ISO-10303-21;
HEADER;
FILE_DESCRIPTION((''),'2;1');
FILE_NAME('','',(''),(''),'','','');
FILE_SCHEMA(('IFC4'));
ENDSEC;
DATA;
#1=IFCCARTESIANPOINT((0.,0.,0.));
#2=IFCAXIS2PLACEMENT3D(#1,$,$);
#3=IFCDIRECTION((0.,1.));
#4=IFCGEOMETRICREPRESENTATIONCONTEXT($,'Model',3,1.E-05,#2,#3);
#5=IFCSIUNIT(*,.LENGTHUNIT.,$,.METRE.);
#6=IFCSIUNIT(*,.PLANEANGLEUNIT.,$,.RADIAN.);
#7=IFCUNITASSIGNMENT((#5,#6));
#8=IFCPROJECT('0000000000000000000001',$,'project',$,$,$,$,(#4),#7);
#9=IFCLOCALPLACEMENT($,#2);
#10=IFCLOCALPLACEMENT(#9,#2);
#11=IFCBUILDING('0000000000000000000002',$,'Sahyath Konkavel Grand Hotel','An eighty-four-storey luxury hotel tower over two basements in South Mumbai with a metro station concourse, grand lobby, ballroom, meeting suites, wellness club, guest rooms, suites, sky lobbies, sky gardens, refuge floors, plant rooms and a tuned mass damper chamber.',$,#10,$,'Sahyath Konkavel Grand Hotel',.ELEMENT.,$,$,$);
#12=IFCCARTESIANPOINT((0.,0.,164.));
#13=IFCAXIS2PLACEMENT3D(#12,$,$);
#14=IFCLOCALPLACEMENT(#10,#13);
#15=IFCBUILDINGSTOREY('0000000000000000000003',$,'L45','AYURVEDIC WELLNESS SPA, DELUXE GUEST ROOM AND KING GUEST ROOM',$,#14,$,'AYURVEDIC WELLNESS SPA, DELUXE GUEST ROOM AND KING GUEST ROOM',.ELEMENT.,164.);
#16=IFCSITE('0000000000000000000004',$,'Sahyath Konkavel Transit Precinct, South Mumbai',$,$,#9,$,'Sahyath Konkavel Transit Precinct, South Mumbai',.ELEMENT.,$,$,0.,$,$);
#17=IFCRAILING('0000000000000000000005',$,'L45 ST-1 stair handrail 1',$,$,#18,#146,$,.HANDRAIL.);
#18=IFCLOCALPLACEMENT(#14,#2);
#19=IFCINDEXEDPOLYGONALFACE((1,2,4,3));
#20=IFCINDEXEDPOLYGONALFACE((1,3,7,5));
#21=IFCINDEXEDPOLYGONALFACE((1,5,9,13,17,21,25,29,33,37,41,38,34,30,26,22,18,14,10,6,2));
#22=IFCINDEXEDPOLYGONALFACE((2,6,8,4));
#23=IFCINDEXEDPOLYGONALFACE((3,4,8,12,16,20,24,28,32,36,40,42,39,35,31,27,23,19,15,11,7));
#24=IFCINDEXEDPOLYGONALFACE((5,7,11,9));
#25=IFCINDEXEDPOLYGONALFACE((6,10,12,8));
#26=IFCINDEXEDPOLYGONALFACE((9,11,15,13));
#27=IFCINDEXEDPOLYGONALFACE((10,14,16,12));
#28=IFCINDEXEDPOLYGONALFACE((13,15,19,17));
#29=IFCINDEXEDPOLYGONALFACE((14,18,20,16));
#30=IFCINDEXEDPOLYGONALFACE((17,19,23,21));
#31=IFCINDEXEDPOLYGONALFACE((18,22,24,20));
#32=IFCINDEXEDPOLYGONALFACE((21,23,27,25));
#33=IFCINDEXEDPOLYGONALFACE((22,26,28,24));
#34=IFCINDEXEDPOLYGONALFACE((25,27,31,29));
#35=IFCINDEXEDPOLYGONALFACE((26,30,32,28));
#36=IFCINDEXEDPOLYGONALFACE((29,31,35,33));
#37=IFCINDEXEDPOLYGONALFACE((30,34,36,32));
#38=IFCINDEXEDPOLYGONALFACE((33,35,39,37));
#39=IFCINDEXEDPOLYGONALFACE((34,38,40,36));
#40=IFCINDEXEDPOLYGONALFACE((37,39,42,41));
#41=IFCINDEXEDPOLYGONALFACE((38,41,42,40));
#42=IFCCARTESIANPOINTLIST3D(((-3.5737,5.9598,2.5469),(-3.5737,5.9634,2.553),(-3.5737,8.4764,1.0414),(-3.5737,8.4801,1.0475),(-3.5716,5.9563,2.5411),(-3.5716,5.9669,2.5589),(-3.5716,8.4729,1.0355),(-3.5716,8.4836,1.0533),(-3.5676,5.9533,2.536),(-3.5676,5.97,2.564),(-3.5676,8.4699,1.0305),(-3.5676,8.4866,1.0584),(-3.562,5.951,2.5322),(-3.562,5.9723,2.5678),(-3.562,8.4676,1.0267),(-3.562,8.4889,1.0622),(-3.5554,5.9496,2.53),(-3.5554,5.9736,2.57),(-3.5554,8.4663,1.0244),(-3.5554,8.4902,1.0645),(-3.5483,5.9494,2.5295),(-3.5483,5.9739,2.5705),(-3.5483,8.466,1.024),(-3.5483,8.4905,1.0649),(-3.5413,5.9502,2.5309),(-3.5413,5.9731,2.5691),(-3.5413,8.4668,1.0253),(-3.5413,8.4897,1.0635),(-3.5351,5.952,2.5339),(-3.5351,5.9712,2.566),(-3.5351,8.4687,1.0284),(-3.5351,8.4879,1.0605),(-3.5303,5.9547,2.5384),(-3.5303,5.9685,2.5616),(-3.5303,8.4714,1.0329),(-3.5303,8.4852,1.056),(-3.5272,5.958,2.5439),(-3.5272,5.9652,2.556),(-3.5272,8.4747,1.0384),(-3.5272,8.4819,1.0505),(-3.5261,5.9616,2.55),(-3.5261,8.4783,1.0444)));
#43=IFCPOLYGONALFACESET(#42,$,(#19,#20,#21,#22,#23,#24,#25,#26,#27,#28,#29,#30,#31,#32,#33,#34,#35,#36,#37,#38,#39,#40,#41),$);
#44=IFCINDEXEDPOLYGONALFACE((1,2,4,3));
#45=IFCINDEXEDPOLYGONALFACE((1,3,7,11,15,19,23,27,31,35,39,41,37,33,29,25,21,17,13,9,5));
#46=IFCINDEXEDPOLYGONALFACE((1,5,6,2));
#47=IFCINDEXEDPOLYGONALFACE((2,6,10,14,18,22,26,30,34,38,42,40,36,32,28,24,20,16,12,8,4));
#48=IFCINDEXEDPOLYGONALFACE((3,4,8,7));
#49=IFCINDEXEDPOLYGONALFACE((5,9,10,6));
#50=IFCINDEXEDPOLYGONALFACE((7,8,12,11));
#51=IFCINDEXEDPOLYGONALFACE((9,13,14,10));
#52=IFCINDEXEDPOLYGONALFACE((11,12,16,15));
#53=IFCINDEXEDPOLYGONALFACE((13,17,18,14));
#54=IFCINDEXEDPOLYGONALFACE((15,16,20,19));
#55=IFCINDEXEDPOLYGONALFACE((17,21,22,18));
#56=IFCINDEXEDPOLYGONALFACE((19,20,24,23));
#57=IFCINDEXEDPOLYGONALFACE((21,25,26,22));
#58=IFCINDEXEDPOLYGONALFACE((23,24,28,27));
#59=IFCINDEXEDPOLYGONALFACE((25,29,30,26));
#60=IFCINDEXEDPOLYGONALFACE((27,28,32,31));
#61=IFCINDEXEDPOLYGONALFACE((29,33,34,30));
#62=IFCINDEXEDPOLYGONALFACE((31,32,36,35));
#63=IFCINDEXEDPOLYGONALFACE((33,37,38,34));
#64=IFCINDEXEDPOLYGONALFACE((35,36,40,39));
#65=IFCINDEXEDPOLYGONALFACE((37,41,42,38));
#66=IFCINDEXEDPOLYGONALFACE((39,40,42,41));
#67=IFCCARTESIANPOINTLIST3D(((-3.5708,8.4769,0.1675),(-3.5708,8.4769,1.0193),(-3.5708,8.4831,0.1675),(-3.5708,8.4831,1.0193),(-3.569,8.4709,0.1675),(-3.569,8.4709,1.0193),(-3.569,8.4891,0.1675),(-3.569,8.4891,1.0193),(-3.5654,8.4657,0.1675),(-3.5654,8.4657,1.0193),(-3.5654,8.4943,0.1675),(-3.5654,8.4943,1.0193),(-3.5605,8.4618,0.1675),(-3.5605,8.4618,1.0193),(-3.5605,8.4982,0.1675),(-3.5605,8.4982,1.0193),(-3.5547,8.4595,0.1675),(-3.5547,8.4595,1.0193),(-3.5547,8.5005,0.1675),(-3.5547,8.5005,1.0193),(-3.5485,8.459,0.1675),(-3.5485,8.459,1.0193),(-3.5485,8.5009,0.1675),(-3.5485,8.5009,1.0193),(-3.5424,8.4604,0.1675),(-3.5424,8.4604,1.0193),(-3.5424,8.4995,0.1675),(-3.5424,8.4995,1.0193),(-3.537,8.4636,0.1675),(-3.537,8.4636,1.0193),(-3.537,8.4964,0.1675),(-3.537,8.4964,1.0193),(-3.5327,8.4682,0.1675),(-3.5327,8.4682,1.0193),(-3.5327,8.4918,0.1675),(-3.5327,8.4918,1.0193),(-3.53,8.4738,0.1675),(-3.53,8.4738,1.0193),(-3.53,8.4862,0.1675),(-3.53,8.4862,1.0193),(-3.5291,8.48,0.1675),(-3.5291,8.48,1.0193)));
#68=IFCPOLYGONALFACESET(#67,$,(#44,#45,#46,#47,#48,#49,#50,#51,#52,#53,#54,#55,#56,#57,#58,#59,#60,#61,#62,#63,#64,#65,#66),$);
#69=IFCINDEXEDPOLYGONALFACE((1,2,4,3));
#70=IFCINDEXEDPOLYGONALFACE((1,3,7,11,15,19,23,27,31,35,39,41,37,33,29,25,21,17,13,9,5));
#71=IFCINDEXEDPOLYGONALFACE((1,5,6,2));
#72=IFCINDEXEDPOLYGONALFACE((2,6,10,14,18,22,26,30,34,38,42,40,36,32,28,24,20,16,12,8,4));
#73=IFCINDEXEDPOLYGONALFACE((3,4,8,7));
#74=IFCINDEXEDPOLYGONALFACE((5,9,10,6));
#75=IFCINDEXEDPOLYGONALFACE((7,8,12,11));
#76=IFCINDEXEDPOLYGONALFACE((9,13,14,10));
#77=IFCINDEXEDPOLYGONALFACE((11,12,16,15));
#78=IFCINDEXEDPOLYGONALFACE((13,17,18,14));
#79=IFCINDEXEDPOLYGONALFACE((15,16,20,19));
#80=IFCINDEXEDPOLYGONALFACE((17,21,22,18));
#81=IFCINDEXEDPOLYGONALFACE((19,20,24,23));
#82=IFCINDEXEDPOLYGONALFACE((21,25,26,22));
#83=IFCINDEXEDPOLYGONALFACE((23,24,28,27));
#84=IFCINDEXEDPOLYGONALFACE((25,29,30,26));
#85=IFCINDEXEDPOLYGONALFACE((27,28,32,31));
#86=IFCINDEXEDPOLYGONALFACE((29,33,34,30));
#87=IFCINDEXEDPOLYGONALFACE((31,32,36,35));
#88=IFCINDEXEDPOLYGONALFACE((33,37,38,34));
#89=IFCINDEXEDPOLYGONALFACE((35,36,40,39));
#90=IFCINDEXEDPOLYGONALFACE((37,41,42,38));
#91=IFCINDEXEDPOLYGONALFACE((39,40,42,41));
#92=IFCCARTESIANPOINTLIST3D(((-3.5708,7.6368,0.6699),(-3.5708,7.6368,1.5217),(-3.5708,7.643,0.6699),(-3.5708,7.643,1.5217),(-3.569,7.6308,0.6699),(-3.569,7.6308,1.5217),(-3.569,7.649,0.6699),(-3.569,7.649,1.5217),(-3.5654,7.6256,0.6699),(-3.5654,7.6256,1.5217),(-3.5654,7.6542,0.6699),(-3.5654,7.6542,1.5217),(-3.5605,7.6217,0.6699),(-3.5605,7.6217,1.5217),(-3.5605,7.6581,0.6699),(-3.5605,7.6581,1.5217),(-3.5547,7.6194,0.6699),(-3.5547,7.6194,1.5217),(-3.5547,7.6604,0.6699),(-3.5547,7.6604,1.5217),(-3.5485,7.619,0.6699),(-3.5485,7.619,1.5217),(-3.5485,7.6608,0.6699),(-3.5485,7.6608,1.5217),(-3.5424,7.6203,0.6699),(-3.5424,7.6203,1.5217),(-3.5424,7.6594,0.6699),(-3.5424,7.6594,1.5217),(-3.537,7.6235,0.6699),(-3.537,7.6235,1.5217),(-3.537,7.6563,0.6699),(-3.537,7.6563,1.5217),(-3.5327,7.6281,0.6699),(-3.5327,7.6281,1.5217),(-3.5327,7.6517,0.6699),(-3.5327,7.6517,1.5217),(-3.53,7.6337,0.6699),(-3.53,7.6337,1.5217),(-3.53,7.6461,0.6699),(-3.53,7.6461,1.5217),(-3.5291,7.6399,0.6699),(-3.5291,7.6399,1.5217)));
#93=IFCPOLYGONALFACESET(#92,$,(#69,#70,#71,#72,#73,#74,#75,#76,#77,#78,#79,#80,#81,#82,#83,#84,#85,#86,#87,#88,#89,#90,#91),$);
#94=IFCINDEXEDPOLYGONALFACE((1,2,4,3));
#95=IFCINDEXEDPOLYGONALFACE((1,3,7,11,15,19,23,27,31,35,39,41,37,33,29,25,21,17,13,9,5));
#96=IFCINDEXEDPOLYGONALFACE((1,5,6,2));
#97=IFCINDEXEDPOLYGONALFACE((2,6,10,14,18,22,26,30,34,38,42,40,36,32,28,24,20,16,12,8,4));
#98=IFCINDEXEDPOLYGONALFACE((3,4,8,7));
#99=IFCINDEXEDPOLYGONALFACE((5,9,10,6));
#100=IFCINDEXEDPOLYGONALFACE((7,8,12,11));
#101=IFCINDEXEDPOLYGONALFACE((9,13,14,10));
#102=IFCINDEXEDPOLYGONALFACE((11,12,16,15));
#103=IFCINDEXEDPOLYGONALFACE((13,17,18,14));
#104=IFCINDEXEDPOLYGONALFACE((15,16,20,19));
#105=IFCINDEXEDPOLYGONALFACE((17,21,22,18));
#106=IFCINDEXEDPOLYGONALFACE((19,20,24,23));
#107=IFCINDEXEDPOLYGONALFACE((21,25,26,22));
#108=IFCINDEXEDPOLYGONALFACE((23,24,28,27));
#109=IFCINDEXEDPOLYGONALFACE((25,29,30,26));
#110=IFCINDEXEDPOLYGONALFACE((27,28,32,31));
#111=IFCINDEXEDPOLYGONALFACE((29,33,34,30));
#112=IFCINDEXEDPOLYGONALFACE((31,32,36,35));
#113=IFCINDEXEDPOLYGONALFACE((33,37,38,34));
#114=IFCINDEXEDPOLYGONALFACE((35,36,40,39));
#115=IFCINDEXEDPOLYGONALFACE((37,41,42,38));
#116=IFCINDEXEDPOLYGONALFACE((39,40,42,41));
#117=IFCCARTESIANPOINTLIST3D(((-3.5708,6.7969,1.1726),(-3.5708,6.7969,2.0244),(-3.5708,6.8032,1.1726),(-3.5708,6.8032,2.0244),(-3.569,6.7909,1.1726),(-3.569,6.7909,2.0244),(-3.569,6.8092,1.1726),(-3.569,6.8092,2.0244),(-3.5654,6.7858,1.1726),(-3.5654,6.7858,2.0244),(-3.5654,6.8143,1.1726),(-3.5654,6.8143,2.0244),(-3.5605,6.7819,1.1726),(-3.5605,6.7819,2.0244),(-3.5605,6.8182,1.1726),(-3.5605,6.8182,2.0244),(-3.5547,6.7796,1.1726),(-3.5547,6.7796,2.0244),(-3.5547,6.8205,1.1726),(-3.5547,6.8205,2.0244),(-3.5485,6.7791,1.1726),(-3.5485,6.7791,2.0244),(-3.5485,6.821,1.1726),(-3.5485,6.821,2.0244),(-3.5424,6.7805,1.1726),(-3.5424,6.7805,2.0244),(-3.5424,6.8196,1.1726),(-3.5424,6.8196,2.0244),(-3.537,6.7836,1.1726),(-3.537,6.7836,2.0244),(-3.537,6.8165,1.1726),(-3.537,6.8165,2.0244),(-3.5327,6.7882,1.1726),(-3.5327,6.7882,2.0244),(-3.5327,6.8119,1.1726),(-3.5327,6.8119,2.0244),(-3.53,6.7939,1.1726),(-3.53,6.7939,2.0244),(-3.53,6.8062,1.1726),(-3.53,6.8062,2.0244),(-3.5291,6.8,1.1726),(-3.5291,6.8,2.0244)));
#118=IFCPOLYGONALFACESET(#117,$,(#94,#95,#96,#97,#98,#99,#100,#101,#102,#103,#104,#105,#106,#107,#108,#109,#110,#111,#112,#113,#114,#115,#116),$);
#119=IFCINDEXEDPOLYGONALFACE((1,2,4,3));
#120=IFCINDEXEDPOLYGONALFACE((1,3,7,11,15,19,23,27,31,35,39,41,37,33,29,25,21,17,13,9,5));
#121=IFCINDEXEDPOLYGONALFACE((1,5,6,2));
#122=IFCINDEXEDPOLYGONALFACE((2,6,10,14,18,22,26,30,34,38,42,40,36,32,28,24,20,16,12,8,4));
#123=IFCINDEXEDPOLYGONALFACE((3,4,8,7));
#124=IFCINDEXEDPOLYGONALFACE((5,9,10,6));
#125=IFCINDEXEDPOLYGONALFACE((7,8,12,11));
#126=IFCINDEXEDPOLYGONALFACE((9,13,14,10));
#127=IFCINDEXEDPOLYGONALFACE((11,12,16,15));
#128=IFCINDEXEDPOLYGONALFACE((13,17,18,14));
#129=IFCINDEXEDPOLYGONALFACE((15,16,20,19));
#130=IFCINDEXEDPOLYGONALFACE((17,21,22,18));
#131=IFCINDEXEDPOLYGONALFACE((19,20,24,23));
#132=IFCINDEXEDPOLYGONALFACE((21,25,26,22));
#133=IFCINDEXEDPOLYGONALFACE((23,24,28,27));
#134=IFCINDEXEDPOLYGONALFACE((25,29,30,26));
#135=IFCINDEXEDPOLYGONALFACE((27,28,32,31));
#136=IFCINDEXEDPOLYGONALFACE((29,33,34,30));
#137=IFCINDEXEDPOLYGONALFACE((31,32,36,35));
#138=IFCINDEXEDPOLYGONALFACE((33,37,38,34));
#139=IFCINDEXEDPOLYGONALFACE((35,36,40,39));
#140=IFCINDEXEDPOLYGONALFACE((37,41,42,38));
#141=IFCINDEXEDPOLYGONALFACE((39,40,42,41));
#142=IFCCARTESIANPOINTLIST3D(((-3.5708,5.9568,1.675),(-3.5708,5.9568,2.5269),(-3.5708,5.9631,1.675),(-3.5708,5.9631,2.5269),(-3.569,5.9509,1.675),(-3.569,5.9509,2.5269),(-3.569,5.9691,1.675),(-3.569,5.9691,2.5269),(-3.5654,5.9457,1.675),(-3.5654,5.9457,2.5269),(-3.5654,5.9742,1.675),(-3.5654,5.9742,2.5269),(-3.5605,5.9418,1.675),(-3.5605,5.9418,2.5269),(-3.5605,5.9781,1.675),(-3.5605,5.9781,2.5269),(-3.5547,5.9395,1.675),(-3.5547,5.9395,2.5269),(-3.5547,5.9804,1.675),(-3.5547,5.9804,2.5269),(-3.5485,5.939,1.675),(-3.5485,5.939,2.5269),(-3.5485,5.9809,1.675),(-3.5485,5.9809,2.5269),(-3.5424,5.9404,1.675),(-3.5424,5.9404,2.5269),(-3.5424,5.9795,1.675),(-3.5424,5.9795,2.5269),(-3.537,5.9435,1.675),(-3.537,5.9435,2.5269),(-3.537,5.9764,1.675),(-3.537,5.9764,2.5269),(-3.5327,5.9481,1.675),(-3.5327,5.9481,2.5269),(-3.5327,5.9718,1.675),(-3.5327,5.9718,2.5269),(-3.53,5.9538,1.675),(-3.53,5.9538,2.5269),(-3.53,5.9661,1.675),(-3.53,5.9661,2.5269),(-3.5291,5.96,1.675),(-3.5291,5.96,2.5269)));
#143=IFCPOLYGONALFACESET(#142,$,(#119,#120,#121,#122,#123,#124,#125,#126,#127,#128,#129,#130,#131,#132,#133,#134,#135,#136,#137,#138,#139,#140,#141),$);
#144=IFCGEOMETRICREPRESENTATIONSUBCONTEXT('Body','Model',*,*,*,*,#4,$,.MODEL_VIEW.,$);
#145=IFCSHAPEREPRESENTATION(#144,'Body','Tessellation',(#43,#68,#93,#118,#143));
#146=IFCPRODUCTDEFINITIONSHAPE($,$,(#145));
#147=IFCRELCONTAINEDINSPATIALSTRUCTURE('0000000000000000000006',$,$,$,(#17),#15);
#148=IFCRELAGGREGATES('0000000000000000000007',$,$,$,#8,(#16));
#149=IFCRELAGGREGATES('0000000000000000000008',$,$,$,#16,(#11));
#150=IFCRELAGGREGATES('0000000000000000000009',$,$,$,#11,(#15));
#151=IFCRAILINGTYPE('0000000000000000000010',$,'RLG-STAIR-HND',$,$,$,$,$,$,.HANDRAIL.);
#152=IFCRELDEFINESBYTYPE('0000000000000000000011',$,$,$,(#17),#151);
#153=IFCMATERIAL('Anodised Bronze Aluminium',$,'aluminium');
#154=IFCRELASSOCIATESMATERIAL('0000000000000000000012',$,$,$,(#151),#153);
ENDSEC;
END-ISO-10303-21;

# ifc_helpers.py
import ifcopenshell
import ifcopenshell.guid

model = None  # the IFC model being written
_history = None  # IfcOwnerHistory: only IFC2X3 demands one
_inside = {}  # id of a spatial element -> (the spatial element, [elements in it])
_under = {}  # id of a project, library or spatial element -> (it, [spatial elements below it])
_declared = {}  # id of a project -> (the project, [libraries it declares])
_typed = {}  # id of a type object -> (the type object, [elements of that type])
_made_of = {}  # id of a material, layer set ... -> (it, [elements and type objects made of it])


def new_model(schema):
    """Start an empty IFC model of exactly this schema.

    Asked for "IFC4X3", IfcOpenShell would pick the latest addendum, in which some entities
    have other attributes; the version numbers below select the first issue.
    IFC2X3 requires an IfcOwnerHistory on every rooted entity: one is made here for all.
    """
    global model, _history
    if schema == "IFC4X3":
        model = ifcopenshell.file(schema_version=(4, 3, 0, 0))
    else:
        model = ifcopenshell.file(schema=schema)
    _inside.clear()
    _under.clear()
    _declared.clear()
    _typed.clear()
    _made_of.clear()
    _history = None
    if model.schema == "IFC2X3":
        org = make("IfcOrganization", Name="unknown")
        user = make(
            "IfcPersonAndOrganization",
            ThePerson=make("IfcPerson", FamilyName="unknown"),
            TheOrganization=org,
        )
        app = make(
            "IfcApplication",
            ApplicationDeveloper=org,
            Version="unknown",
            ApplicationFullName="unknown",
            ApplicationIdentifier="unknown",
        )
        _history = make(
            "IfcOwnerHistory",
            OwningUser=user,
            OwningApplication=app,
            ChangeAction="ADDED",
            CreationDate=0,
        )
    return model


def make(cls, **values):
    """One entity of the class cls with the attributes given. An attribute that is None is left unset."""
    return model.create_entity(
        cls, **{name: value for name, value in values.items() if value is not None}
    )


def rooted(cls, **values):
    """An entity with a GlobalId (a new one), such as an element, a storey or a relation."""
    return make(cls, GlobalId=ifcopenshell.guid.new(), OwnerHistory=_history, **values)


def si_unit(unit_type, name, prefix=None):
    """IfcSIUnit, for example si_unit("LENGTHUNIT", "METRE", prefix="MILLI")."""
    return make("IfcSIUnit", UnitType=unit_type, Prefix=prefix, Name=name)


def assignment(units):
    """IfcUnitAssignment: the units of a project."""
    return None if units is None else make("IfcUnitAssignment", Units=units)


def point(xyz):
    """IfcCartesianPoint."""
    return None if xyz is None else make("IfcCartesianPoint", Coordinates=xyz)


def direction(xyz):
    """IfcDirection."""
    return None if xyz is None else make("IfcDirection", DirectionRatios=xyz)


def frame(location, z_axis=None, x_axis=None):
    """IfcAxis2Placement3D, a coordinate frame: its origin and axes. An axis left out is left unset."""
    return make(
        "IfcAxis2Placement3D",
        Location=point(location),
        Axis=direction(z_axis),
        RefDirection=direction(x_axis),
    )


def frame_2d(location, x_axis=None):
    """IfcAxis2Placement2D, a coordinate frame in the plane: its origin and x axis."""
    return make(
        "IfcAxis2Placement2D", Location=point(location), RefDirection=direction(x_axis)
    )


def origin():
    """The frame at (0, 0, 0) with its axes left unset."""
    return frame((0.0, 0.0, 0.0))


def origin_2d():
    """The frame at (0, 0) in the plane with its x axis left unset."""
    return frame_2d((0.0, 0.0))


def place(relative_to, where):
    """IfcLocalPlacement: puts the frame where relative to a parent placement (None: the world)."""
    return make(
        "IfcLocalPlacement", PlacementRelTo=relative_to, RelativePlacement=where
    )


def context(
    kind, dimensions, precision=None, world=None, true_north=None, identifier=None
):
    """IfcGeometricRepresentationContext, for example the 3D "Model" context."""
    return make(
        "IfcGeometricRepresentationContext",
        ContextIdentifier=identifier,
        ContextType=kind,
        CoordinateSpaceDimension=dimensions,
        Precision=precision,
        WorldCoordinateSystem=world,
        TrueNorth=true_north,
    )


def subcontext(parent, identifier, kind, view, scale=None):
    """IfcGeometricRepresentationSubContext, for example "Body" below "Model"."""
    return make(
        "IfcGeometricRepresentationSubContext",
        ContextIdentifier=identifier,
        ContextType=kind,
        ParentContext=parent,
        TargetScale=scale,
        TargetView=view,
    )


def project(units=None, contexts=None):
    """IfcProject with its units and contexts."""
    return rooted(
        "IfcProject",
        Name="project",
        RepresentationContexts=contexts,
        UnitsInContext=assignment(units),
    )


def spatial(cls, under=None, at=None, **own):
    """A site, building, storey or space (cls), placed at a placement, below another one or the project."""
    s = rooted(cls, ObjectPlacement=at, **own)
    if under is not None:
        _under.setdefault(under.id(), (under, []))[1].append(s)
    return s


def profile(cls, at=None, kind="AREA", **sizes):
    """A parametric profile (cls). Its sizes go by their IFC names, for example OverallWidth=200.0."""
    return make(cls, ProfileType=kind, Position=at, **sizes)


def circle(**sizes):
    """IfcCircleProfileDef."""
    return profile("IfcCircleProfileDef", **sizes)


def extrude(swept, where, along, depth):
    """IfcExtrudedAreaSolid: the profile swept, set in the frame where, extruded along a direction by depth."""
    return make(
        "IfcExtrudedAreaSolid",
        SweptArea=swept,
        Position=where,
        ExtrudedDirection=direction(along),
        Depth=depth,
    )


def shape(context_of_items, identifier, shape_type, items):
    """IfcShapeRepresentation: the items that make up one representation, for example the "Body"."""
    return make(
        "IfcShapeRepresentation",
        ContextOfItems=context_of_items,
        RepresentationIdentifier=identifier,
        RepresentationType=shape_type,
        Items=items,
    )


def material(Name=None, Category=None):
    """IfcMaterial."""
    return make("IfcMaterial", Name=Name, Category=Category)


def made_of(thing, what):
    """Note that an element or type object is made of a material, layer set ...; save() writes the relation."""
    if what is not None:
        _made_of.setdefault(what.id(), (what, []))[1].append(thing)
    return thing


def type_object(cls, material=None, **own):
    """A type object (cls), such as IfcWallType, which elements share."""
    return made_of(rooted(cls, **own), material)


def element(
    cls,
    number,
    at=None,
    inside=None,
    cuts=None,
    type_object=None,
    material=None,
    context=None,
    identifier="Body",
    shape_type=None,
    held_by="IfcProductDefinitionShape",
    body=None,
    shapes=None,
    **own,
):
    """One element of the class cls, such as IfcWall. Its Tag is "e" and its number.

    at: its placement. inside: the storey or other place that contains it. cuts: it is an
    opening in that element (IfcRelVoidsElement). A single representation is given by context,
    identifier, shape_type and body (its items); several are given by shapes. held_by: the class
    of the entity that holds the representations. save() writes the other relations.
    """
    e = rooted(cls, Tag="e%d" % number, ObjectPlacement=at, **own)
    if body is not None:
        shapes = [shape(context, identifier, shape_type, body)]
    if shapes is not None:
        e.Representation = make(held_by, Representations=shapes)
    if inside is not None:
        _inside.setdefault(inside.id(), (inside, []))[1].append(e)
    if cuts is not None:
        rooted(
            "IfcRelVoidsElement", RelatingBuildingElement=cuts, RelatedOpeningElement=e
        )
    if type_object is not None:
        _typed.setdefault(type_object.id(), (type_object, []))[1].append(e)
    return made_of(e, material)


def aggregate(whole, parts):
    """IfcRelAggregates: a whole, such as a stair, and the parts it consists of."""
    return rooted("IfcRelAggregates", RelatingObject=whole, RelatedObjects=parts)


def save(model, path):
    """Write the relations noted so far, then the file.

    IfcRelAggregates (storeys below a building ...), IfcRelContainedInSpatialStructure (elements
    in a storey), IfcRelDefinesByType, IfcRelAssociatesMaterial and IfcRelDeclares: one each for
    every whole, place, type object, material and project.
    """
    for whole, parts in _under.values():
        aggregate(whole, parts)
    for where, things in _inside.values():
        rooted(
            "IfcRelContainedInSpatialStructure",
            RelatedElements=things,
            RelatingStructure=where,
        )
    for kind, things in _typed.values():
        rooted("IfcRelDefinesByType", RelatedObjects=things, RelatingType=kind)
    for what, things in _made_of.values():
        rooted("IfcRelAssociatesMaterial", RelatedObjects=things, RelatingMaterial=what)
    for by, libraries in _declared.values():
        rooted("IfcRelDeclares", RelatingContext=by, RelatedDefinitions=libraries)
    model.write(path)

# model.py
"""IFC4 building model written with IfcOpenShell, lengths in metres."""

from ifc_helpers import new_model, si_unit, direction, frame, origin, origin_2d, place, context, subcontext, project, spatial, circle, extrude, material, type_object, element, save


model = new_model("IFC4")

# Units and contexts
model_context = context("Model", 3, precision=1e-05, world=origin(), true_north=direction((0.0, 1.0)))
body_context = subcontext(model_context, "Body", "Model", "MODEL_VIEW")
ifc_project = project(units=[si_unit("LENGTHUNIT", "METRE"), si_unit("PLANEANGLEUNIT", "RADIAN")], contexts=[model_context])

# Site, building, storey
site_placement = place(None, origin())
site = spatial("IfcSite", under=ifc_project, at=site_placement, Name="Sahyath Konkavel Transit Precinct, South Mumbai", LongName="Sahyath Konkavel Transit Precinct, South Mumbai", CompositionType="ELEMENT", RefElevation=0.0)
building_placement = place(site_placement, origin())
building = spatial("IfcBuilding", under=site, at=building_placement, Name="Sahyath Konkavel Grand Hotel", Description="An eighty-four-storey luxury hotel tower over two basements in South Mumbai with a metro station concourse, grand lobby, ballroom, meeting suites, wellness club, guest rooms, suites, sky lobbies, sky gardens, refuge floors, plant rooms and a tuned mass damper chamber.", LongName="Sahyath Konkavel Grand Hotel", CompositionType="ELEMENT")
storey_placement = place(building_placement, frame((0.0, 0.0, 164.0)))
storey = spatial("IfcBuildingStorey", under=building, at=storey_placement, Name="L45", Description="AYURVEDIC WELLNESS SPA, DELUXE GUEST ROOM AND KING GUEST ROOM", LongName="AYURVEDIC WELLNESS SPA, DELUXE GUEST ROOM AND KING GUEST ROOM", CompositionType="ELEMENT", Elevation=164.0)

# Shared definitions
ifc_material_1 = material(Name="Anodised Bronze Aluminium", Category="aluminium")

# Railing
railing_type_1 = type_object("IfcRailingType", Name="RLG-STAIR-HND", PredefinedType="HANDRAIL", material=ifc_material_1)
railing_1_placement = place(storey_placement, frame((-3.55, 8.48, 0.1675)))
element("IfcRailing", 1, at=railing_1_placement, inside=storey, type_object=railing_type_1, Name="L45 ST-1 stair handrail 1", PredefinedType="HANDRAIL", context=body_context, shape_type="SweptSolid", body=[
    extrude(circle(Radius=0.0239, at=origin_2d()), frame((0.0, -0.0017, 0.877), z_axis=(0.0, -0.85816, 0.513383), x_axis=(1.0, 0.0, 0.0)), (0.0, 0.0, 1.0), 2.9326),
    extrude(circle(Radius=0.021, at=origin_2d()), origin(), (0.0, 0.0, 1.0), 0.8518),
    extrude(circle(Radius=0.021, at=origin_2d()), frame((0.0, -0.8401, 0.5024)), (0.0, 0.0, 1.0), 0.8518),
    extrude(circle(Radius=0.021, at=origin_2d()), frame((0.0, -1.6799, 1.0051)), (0.0, 0.0, 1.0), 0.8518),
    extrude(circle(Radius=0.021, at=origin_2d()), frame((0.0, -2.52, 1.5076)), (0.0, 0.0, 1.0), 0.8518),
])

save(model, "model.ifc")
